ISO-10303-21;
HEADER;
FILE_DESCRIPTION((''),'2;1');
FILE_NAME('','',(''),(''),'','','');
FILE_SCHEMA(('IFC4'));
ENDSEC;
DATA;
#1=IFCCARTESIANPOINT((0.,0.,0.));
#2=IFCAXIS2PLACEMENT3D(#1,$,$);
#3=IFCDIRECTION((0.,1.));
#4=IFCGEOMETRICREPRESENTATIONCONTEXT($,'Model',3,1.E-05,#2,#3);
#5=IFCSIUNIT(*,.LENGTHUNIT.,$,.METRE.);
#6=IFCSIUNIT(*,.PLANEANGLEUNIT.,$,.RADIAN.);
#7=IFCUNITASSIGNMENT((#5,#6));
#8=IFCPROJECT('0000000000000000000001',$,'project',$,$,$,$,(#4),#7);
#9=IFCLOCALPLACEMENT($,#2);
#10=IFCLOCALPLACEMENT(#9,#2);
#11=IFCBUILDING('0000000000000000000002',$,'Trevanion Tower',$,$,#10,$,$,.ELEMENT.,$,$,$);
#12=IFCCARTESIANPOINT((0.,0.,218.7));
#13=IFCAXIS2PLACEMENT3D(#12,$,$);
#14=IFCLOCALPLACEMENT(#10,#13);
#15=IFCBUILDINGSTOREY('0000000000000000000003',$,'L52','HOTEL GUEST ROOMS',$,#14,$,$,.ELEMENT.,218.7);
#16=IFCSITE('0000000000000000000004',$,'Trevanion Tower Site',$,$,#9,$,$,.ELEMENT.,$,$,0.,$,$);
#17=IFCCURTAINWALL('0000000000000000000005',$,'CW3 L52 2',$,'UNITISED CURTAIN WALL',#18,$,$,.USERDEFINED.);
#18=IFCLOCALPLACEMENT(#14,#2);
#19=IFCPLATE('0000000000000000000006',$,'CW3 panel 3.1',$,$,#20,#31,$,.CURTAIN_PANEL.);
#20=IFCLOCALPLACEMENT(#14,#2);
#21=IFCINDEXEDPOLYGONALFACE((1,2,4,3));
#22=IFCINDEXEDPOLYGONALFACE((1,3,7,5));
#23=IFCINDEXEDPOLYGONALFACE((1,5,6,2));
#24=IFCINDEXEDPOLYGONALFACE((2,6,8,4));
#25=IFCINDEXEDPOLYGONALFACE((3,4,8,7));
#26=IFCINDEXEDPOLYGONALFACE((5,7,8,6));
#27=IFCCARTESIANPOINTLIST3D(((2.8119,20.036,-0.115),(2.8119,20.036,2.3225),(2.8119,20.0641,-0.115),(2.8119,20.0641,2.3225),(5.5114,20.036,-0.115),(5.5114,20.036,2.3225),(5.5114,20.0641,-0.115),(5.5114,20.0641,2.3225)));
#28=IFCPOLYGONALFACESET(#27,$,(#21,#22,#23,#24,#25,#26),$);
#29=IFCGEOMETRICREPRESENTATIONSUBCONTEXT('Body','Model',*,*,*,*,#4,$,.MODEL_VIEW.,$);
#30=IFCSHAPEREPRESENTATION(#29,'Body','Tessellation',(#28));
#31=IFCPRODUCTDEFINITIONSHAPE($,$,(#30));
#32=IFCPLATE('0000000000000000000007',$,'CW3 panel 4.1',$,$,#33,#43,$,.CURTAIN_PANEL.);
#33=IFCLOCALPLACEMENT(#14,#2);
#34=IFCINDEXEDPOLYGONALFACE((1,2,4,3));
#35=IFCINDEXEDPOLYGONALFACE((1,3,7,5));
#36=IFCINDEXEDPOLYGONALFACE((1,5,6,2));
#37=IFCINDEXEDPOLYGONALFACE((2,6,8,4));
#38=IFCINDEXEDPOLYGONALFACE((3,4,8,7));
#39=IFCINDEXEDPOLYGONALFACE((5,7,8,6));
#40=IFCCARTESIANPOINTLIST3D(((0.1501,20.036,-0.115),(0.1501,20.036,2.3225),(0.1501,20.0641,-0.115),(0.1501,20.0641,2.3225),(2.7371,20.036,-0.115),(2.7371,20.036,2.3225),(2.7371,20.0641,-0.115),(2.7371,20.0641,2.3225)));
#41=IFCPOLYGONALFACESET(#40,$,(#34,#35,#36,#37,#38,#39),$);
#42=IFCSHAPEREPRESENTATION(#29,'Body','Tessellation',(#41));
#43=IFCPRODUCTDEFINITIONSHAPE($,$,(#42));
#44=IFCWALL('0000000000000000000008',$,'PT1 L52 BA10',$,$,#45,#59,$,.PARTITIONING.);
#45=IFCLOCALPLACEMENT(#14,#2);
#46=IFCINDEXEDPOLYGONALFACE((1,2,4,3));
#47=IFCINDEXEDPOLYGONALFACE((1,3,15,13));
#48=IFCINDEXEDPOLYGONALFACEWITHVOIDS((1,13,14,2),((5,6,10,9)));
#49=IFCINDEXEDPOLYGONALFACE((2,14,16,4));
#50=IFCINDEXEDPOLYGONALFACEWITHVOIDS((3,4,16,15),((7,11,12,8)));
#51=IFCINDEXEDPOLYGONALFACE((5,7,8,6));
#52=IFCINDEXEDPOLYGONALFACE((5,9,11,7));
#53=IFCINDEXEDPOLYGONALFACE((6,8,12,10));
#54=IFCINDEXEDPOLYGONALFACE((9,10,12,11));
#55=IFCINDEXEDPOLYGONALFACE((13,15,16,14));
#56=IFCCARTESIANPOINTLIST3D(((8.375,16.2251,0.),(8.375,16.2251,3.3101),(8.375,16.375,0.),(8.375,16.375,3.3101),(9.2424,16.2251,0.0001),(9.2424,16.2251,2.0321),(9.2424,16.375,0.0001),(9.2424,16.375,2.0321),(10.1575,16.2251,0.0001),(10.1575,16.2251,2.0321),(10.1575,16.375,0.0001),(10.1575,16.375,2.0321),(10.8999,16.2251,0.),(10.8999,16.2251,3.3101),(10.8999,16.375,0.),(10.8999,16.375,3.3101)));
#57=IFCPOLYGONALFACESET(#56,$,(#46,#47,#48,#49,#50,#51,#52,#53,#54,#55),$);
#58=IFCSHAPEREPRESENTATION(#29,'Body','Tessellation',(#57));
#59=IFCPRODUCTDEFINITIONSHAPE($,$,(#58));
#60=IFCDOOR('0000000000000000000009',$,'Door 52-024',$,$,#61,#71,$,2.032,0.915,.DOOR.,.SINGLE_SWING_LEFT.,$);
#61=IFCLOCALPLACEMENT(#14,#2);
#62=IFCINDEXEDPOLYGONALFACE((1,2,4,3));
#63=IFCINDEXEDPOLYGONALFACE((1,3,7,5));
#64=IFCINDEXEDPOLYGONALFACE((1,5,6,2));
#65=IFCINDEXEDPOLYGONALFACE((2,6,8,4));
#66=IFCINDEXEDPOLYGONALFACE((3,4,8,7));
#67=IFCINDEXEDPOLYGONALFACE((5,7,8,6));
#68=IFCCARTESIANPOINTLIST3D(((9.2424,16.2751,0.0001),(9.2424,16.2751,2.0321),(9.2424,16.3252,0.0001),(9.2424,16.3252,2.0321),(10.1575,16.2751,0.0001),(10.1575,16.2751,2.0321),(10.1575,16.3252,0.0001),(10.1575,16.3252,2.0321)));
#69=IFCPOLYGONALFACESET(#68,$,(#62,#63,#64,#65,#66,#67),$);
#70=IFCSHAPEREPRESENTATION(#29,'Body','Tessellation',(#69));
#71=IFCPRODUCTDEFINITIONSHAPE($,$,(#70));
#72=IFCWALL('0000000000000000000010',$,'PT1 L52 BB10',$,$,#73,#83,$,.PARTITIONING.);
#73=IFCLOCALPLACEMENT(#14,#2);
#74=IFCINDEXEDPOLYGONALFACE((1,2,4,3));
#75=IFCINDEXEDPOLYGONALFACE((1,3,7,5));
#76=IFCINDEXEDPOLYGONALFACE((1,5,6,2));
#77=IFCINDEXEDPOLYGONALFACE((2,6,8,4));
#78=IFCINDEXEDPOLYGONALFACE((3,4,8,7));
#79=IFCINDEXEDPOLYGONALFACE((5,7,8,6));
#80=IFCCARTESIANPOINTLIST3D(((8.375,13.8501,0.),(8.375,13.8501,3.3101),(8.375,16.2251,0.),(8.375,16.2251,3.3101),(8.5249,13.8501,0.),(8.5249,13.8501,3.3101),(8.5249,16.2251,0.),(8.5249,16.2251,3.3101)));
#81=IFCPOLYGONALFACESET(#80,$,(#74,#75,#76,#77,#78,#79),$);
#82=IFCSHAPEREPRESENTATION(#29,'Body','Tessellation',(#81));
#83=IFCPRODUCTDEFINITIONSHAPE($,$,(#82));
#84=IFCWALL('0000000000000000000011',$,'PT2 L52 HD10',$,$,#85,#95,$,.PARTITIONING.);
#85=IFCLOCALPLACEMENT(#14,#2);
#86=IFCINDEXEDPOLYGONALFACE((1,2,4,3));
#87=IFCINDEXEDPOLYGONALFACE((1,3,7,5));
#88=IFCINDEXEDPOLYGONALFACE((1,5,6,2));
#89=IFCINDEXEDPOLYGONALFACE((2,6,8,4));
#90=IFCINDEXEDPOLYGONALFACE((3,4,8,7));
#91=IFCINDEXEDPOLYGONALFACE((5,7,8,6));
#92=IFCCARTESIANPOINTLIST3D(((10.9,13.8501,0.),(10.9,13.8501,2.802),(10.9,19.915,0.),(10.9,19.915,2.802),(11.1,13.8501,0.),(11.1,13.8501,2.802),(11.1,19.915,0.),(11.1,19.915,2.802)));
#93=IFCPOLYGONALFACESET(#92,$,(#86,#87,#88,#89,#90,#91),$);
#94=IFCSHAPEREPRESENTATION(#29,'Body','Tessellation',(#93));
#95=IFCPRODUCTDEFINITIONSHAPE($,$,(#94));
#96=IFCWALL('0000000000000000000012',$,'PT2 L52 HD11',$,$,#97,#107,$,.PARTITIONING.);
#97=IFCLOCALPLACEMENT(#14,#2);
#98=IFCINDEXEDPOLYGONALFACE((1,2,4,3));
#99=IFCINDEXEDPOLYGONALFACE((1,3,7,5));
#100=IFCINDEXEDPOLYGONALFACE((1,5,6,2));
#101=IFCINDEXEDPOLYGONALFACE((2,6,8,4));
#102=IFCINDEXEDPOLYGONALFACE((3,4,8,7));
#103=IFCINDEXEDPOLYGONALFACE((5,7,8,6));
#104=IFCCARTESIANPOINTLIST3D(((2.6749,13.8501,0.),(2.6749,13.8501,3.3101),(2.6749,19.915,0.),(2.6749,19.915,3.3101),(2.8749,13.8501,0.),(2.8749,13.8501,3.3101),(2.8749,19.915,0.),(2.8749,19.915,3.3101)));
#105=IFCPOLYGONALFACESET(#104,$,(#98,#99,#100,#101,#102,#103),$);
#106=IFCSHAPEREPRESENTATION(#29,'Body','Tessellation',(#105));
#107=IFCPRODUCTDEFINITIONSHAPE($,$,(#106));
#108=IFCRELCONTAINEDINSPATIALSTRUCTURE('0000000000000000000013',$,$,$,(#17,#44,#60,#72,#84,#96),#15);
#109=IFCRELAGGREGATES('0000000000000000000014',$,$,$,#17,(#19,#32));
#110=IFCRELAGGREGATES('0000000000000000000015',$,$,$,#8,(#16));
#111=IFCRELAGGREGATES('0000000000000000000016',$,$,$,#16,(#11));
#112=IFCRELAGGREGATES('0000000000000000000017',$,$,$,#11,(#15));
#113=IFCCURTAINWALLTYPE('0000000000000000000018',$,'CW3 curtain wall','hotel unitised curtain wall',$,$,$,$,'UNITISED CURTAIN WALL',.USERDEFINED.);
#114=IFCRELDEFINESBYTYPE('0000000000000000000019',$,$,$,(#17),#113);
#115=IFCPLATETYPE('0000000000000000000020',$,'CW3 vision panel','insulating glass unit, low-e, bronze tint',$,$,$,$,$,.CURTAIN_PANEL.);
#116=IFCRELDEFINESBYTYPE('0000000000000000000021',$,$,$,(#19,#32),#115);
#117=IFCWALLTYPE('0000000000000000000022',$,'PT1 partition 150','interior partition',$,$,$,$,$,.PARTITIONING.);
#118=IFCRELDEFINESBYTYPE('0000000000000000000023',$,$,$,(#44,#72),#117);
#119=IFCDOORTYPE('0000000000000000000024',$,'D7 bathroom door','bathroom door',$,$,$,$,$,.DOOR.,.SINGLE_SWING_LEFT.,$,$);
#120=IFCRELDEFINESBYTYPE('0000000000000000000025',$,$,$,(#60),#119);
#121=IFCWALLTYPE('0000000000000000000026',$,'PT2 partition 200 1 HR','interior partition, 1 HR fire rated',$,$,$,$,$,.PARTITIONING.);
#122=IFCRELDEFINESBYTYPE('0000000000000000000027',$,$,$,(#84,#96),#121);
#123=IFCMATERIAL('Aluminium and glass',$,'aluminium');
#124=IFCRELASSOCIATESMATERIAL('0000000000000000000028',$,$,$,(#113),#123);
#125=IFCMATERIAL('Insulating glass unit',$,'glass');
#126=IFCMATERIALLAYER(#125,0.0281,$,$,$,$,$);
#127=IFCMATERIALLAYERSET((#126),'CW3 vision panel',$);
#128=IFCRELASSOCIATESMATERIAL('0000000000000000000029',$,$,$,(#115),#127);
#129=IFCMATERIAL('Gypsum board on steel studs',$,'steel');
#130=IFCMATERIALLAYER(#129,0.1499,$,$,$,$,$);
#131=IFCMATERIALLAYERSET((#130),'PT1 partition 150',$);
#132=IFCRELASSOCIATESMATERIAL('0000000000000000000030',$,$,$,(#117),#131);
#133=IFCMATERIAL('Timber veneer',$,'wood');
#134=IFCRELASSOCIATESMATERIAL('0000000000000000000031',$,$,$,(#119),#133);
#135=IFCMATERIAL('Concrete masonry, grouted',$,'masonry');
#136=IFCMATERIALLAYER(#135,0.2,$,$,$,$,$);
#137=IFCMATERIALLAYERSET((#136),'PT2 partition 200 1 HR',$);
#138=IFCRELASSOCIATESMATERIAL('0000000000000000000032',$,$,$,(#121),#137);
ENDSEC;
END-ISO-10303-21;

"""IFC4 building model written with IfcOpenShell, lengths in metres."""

from ifc_helpers import new_model, si_unit, direction, frame, frame_2d, origin, origin_2d, place, context, subcontext, project, spatial, rectangle, extrude, material, layer, layer_set, type_object, element, fill, aggregate, save


model = new_model("IFC4")

# Units and contexts
model_context = context("Model", 3, precision=1e-05, world=origin(), true_north=direction((0.0, 1.0)))
body_context = subcontext(model_context, "Body", "Model", "MODEL_VIEW")
ifc_project = project(units=[si_unit("LENGTHUNIT", "METRE"), si_unit("PLANEANGLEUNIT", "RADIAN")], contexts=[model_context])

# Site, building, storey
site_placement = place(None, origin())
site = spatial("IfcSite", under=ifc_project, at=site_placement, Name="Trevanion Tower Site", CompositionType="ELEMENT", RefElevation=0.0)
building_placement = place(site_placement, origin())
building = spatial("IfcBuilding", under=site, at=building_placement, Name="Trevanion Tower", CompositionType="ELEMENT")
storey_placement = place(building_placement, frame((0.0, 0.0, 218.7)))
storey = spatial("IfcBuildingStorey", under=building, at=storey_placement, Name="L52", Description="HOTEL GUEST ROOMS", CompositionType="ELEMENT", Elevation=218.7)

# Curtain wall
ifc_material_1 = material(Name="Aluminium and glass", Category="aluminium")
curtain_wall_type = type_object("IfcCurtainWallType", Name="CW3 curtain wall", Description="hotel unitised curtain wall", ElementType="UNITISED CURTAIN WALL", PredefinedType="USERDEFINED", material=ifc_material_1)
curtain_wall_1_placement = place(storey_placement, origin())
curtain_wall_1 = element("IfcCurtainWall", 1, at=curtain_wall_1_placement, inside=storey, type_object=curtain_wall_type, Name="CW3 L52 2", ObjectType="UNITISED CURTAIN WALL", PredefinedType="USERDEFINED")

# Plates
ifc_material_2 = material(Name="Insulating glass unit", Category="glass")
ifc_layer_1 = layer(ifc_material_2, 0.0281)
ifc_layer_set_1 = layer_set([ifc_layer_1], Name="CW3 vision panel")
plate_type_1 = type_object("IfcPlateType", Name="CW3 vision panel", Description="insulating glass unit, low-e, bronze tint", PredefinedType="CURTAIN_PANEL", material=ifc_layer_set_1)
plate_1_placement = place(storey_placement, frame((4.1616, 20.05, -0.115), z_axis=(0.0, 0.0, 1.0), x_axis=(-1.0, 0.0, 0.0)))
plate_1 = element("IfcPlate", 2, at=plate_1_placement, type_object=plate_type_1, Name="CW3 panel 3.1", PredefinedType="CURTAIN_PANEL", context=body_context, shape_type="SweptSolid", body=[
    extrude(rectangle(XDim=2.6995, YDim=0.0281, at=origin_2d()), origin(), (0.0, 0.0, 1.0), 2.4375),
])
plate_2_placement = place(storey_placement, frame((1.4436, 20.05, -0.115), z_axis=(0.0, 0.0, 1.0), x_axis=(-1.0, 0.0, 0.0)))
plate_2 = element("IfcPlate", 3, at=plate_2_placement, type_object=plate_type_1, Name="CW3 panel 4.1", PredefinedType="CURTAIN_PANEL", context=body_context, shape_type="SweptSolid", body=[
    extrude(rectangle(XDim=2.5869, YDim=0.0281, at=origin_2d()), origin(), (0.0, 0.0, 1.0), 2.4375),
])
aggregate(curtain_wall_1, [plate_1, plate_2])

# Wall, opening, door
ifc_material_3 = material(Name="Gypsum board on steel studs", Category="steel")
ifc_layer_2 = layer(ifc_material_3, 0.1499)
ifc_layer_set_2 = layer_set([ifc_layer_2], Name="PT1 partition 150")
wall_type_1 = type_object("IfcWallType", Name="PT1 partition 150", Description="interior partition", PredefinedType="PARTITIONING", material=ifc_layer_set_2)
wall_1_placement = place(storey_placement, frame((10.8999, 16.3, 0.0), z_axis=(0.0, 0.0, 1.0), x_axis=(-1.0, 0.0, 0.0)))
wall_1 = element("IfcWall", 4, at=wall_1_placement, inside=storey, type_object=wall_type_1, Name="PT1 L52 BA10", PredefinedType="PARTITIONING", context=body_context, shape_type="SweptSolid", body=[
    extrude(rectangle(XDim=2.5249, YDim=0.1499, at=frame_2d((1.2625, 0.0))), origin(), (0.0, 0.0, 1.0), 3.3101),
])
opening_placement = place(wall_1_placement, frame((0.7424, 0.0, 0.0)))
opening = element("IfcOpeningElement", 5, at=opening_placement, cuts=wall_1, PredefinedType="OPENING", context=body_context, shape_type="SweptSolid", body=[
    extrude(rectangle(XDim=0.915, YDim=2.032, at=frame_2d((0.4575, 1.0161))), frame((0.0, 0.085, 0.0), z_axis=(0.0, -1.0, 0.0), x_axis=(1.0, 0.0, 0.0)), (0.0, 0.0, 1.0), 0.1699),
])
ifc_material_4 = material(Name="Timber veneer", Category="wood")
door_type = type_object("IfcDoorType", Name="D7 bathroom door", Description="bathroom door", OperationType="SINGLE_SWING_LEFT", PredefinedType="DOOR", material=ifc_material_4)
door_placement = place(opening_placement, origin())
door = element("IfcDoor", 6, at=door_placement, inside=storey, type_object=door_type, Name="Door 52-024", OperationType="SINGLE_SWING_LEFT", OverallHeight=2.032, OverallWidth=0.915, PredefinedType="DOOR", context=body_context, shape_type="SweptSolid", body=[
    extrude(rectangle(XDim=0.915, YDim=2.032, at=frame_2d((0.4575, 1.0161))), frame((0.0, 0.0249, 0.0), z_axis=(0.0, -1.0, 0.0), x_axis=(1.0, 0.0, 0.0)), (0.0, 0.0, 1.0), 0.05),
])
fill(opening, door)

# Walls
wall_2_placement = place(storey_placement, frame((8.45, 13.8501, 0.0), z_axis=(0.0, 0.0, 1.0), x_axis=(0.0, 1.0, 0.0)))
element("IfcWall", 7, at=wall_2_placement, inside=storey, type_object=wall_type_1, Name="PT1 L52 BB10", PredefinedType="PARTITIONING", context=body_context, shape_type="SweptSolid", body=[
    extrude(rectangle(XDim=2.375, YDim=0.1499, at=frame_2d((1.1875, 0.0))), origin(), (0.0, 0.0, 1.0), 3.3101),
])
ifc_material_5 = material(Name="Concrete masonry, grouted", Category="masonry")
ifc_layer_3 = layer(ifc_material_5, 0.2)
ifc_layer_set_3 = layer_set([ifc_layer_3], Name="PT2 partition 200 1 HR")
wall_type_2 = type_object("IfcWallType", Name="PT2 partition 200 1 HR", Description="interior partition, 1 HR fire rated", PredefinedType="PARTITIONING", material=ifc_layer_set_3)
wall_3_placement = place(storey_placement, frame((11.0, 13.8501, 0.0), z_axis=(0.0, 0.0, 1.0), x_axis=(0.0, 1.0, 0.0)))
element("IfcWall", 8, at=wall_3_placement, inside=storey, type_object=wall_type_2, Name="PT2 L52 HD10", PredefinedType="PARTITIONING", context=body_context, shape_type="SweptSolid", body=[
    extrude(rectangle(XDim=6.0649, YDim=0.2, at=frame_2d((3.0325, 0.0))), origin(), (0.0, 0.0, 1.0), 2.802),
])
wall_4_placement = place(storey_placement, frame((2.7749, 13.8501, 0.0), z_axis=(0.0, 0.0, 1.0), x_axis=(0.0, 1.0, 0.0)))
element("IfcWall", 9, at=wall_4_placement, inside=storey, type_object=wall_type_2, Name="PT2 L52 HD11", PredefinedType="PARTITIONING", context=body_context, shape_type="SweptSolid", body=[
    extrude(rectangle(XDim=6.0649, YDim=0.2, at=frame_2d((3.0325, 0.0))), origin(), (0.0, 0.0, 1.0), 3.3101),
])

save(model, "model.ifc")
